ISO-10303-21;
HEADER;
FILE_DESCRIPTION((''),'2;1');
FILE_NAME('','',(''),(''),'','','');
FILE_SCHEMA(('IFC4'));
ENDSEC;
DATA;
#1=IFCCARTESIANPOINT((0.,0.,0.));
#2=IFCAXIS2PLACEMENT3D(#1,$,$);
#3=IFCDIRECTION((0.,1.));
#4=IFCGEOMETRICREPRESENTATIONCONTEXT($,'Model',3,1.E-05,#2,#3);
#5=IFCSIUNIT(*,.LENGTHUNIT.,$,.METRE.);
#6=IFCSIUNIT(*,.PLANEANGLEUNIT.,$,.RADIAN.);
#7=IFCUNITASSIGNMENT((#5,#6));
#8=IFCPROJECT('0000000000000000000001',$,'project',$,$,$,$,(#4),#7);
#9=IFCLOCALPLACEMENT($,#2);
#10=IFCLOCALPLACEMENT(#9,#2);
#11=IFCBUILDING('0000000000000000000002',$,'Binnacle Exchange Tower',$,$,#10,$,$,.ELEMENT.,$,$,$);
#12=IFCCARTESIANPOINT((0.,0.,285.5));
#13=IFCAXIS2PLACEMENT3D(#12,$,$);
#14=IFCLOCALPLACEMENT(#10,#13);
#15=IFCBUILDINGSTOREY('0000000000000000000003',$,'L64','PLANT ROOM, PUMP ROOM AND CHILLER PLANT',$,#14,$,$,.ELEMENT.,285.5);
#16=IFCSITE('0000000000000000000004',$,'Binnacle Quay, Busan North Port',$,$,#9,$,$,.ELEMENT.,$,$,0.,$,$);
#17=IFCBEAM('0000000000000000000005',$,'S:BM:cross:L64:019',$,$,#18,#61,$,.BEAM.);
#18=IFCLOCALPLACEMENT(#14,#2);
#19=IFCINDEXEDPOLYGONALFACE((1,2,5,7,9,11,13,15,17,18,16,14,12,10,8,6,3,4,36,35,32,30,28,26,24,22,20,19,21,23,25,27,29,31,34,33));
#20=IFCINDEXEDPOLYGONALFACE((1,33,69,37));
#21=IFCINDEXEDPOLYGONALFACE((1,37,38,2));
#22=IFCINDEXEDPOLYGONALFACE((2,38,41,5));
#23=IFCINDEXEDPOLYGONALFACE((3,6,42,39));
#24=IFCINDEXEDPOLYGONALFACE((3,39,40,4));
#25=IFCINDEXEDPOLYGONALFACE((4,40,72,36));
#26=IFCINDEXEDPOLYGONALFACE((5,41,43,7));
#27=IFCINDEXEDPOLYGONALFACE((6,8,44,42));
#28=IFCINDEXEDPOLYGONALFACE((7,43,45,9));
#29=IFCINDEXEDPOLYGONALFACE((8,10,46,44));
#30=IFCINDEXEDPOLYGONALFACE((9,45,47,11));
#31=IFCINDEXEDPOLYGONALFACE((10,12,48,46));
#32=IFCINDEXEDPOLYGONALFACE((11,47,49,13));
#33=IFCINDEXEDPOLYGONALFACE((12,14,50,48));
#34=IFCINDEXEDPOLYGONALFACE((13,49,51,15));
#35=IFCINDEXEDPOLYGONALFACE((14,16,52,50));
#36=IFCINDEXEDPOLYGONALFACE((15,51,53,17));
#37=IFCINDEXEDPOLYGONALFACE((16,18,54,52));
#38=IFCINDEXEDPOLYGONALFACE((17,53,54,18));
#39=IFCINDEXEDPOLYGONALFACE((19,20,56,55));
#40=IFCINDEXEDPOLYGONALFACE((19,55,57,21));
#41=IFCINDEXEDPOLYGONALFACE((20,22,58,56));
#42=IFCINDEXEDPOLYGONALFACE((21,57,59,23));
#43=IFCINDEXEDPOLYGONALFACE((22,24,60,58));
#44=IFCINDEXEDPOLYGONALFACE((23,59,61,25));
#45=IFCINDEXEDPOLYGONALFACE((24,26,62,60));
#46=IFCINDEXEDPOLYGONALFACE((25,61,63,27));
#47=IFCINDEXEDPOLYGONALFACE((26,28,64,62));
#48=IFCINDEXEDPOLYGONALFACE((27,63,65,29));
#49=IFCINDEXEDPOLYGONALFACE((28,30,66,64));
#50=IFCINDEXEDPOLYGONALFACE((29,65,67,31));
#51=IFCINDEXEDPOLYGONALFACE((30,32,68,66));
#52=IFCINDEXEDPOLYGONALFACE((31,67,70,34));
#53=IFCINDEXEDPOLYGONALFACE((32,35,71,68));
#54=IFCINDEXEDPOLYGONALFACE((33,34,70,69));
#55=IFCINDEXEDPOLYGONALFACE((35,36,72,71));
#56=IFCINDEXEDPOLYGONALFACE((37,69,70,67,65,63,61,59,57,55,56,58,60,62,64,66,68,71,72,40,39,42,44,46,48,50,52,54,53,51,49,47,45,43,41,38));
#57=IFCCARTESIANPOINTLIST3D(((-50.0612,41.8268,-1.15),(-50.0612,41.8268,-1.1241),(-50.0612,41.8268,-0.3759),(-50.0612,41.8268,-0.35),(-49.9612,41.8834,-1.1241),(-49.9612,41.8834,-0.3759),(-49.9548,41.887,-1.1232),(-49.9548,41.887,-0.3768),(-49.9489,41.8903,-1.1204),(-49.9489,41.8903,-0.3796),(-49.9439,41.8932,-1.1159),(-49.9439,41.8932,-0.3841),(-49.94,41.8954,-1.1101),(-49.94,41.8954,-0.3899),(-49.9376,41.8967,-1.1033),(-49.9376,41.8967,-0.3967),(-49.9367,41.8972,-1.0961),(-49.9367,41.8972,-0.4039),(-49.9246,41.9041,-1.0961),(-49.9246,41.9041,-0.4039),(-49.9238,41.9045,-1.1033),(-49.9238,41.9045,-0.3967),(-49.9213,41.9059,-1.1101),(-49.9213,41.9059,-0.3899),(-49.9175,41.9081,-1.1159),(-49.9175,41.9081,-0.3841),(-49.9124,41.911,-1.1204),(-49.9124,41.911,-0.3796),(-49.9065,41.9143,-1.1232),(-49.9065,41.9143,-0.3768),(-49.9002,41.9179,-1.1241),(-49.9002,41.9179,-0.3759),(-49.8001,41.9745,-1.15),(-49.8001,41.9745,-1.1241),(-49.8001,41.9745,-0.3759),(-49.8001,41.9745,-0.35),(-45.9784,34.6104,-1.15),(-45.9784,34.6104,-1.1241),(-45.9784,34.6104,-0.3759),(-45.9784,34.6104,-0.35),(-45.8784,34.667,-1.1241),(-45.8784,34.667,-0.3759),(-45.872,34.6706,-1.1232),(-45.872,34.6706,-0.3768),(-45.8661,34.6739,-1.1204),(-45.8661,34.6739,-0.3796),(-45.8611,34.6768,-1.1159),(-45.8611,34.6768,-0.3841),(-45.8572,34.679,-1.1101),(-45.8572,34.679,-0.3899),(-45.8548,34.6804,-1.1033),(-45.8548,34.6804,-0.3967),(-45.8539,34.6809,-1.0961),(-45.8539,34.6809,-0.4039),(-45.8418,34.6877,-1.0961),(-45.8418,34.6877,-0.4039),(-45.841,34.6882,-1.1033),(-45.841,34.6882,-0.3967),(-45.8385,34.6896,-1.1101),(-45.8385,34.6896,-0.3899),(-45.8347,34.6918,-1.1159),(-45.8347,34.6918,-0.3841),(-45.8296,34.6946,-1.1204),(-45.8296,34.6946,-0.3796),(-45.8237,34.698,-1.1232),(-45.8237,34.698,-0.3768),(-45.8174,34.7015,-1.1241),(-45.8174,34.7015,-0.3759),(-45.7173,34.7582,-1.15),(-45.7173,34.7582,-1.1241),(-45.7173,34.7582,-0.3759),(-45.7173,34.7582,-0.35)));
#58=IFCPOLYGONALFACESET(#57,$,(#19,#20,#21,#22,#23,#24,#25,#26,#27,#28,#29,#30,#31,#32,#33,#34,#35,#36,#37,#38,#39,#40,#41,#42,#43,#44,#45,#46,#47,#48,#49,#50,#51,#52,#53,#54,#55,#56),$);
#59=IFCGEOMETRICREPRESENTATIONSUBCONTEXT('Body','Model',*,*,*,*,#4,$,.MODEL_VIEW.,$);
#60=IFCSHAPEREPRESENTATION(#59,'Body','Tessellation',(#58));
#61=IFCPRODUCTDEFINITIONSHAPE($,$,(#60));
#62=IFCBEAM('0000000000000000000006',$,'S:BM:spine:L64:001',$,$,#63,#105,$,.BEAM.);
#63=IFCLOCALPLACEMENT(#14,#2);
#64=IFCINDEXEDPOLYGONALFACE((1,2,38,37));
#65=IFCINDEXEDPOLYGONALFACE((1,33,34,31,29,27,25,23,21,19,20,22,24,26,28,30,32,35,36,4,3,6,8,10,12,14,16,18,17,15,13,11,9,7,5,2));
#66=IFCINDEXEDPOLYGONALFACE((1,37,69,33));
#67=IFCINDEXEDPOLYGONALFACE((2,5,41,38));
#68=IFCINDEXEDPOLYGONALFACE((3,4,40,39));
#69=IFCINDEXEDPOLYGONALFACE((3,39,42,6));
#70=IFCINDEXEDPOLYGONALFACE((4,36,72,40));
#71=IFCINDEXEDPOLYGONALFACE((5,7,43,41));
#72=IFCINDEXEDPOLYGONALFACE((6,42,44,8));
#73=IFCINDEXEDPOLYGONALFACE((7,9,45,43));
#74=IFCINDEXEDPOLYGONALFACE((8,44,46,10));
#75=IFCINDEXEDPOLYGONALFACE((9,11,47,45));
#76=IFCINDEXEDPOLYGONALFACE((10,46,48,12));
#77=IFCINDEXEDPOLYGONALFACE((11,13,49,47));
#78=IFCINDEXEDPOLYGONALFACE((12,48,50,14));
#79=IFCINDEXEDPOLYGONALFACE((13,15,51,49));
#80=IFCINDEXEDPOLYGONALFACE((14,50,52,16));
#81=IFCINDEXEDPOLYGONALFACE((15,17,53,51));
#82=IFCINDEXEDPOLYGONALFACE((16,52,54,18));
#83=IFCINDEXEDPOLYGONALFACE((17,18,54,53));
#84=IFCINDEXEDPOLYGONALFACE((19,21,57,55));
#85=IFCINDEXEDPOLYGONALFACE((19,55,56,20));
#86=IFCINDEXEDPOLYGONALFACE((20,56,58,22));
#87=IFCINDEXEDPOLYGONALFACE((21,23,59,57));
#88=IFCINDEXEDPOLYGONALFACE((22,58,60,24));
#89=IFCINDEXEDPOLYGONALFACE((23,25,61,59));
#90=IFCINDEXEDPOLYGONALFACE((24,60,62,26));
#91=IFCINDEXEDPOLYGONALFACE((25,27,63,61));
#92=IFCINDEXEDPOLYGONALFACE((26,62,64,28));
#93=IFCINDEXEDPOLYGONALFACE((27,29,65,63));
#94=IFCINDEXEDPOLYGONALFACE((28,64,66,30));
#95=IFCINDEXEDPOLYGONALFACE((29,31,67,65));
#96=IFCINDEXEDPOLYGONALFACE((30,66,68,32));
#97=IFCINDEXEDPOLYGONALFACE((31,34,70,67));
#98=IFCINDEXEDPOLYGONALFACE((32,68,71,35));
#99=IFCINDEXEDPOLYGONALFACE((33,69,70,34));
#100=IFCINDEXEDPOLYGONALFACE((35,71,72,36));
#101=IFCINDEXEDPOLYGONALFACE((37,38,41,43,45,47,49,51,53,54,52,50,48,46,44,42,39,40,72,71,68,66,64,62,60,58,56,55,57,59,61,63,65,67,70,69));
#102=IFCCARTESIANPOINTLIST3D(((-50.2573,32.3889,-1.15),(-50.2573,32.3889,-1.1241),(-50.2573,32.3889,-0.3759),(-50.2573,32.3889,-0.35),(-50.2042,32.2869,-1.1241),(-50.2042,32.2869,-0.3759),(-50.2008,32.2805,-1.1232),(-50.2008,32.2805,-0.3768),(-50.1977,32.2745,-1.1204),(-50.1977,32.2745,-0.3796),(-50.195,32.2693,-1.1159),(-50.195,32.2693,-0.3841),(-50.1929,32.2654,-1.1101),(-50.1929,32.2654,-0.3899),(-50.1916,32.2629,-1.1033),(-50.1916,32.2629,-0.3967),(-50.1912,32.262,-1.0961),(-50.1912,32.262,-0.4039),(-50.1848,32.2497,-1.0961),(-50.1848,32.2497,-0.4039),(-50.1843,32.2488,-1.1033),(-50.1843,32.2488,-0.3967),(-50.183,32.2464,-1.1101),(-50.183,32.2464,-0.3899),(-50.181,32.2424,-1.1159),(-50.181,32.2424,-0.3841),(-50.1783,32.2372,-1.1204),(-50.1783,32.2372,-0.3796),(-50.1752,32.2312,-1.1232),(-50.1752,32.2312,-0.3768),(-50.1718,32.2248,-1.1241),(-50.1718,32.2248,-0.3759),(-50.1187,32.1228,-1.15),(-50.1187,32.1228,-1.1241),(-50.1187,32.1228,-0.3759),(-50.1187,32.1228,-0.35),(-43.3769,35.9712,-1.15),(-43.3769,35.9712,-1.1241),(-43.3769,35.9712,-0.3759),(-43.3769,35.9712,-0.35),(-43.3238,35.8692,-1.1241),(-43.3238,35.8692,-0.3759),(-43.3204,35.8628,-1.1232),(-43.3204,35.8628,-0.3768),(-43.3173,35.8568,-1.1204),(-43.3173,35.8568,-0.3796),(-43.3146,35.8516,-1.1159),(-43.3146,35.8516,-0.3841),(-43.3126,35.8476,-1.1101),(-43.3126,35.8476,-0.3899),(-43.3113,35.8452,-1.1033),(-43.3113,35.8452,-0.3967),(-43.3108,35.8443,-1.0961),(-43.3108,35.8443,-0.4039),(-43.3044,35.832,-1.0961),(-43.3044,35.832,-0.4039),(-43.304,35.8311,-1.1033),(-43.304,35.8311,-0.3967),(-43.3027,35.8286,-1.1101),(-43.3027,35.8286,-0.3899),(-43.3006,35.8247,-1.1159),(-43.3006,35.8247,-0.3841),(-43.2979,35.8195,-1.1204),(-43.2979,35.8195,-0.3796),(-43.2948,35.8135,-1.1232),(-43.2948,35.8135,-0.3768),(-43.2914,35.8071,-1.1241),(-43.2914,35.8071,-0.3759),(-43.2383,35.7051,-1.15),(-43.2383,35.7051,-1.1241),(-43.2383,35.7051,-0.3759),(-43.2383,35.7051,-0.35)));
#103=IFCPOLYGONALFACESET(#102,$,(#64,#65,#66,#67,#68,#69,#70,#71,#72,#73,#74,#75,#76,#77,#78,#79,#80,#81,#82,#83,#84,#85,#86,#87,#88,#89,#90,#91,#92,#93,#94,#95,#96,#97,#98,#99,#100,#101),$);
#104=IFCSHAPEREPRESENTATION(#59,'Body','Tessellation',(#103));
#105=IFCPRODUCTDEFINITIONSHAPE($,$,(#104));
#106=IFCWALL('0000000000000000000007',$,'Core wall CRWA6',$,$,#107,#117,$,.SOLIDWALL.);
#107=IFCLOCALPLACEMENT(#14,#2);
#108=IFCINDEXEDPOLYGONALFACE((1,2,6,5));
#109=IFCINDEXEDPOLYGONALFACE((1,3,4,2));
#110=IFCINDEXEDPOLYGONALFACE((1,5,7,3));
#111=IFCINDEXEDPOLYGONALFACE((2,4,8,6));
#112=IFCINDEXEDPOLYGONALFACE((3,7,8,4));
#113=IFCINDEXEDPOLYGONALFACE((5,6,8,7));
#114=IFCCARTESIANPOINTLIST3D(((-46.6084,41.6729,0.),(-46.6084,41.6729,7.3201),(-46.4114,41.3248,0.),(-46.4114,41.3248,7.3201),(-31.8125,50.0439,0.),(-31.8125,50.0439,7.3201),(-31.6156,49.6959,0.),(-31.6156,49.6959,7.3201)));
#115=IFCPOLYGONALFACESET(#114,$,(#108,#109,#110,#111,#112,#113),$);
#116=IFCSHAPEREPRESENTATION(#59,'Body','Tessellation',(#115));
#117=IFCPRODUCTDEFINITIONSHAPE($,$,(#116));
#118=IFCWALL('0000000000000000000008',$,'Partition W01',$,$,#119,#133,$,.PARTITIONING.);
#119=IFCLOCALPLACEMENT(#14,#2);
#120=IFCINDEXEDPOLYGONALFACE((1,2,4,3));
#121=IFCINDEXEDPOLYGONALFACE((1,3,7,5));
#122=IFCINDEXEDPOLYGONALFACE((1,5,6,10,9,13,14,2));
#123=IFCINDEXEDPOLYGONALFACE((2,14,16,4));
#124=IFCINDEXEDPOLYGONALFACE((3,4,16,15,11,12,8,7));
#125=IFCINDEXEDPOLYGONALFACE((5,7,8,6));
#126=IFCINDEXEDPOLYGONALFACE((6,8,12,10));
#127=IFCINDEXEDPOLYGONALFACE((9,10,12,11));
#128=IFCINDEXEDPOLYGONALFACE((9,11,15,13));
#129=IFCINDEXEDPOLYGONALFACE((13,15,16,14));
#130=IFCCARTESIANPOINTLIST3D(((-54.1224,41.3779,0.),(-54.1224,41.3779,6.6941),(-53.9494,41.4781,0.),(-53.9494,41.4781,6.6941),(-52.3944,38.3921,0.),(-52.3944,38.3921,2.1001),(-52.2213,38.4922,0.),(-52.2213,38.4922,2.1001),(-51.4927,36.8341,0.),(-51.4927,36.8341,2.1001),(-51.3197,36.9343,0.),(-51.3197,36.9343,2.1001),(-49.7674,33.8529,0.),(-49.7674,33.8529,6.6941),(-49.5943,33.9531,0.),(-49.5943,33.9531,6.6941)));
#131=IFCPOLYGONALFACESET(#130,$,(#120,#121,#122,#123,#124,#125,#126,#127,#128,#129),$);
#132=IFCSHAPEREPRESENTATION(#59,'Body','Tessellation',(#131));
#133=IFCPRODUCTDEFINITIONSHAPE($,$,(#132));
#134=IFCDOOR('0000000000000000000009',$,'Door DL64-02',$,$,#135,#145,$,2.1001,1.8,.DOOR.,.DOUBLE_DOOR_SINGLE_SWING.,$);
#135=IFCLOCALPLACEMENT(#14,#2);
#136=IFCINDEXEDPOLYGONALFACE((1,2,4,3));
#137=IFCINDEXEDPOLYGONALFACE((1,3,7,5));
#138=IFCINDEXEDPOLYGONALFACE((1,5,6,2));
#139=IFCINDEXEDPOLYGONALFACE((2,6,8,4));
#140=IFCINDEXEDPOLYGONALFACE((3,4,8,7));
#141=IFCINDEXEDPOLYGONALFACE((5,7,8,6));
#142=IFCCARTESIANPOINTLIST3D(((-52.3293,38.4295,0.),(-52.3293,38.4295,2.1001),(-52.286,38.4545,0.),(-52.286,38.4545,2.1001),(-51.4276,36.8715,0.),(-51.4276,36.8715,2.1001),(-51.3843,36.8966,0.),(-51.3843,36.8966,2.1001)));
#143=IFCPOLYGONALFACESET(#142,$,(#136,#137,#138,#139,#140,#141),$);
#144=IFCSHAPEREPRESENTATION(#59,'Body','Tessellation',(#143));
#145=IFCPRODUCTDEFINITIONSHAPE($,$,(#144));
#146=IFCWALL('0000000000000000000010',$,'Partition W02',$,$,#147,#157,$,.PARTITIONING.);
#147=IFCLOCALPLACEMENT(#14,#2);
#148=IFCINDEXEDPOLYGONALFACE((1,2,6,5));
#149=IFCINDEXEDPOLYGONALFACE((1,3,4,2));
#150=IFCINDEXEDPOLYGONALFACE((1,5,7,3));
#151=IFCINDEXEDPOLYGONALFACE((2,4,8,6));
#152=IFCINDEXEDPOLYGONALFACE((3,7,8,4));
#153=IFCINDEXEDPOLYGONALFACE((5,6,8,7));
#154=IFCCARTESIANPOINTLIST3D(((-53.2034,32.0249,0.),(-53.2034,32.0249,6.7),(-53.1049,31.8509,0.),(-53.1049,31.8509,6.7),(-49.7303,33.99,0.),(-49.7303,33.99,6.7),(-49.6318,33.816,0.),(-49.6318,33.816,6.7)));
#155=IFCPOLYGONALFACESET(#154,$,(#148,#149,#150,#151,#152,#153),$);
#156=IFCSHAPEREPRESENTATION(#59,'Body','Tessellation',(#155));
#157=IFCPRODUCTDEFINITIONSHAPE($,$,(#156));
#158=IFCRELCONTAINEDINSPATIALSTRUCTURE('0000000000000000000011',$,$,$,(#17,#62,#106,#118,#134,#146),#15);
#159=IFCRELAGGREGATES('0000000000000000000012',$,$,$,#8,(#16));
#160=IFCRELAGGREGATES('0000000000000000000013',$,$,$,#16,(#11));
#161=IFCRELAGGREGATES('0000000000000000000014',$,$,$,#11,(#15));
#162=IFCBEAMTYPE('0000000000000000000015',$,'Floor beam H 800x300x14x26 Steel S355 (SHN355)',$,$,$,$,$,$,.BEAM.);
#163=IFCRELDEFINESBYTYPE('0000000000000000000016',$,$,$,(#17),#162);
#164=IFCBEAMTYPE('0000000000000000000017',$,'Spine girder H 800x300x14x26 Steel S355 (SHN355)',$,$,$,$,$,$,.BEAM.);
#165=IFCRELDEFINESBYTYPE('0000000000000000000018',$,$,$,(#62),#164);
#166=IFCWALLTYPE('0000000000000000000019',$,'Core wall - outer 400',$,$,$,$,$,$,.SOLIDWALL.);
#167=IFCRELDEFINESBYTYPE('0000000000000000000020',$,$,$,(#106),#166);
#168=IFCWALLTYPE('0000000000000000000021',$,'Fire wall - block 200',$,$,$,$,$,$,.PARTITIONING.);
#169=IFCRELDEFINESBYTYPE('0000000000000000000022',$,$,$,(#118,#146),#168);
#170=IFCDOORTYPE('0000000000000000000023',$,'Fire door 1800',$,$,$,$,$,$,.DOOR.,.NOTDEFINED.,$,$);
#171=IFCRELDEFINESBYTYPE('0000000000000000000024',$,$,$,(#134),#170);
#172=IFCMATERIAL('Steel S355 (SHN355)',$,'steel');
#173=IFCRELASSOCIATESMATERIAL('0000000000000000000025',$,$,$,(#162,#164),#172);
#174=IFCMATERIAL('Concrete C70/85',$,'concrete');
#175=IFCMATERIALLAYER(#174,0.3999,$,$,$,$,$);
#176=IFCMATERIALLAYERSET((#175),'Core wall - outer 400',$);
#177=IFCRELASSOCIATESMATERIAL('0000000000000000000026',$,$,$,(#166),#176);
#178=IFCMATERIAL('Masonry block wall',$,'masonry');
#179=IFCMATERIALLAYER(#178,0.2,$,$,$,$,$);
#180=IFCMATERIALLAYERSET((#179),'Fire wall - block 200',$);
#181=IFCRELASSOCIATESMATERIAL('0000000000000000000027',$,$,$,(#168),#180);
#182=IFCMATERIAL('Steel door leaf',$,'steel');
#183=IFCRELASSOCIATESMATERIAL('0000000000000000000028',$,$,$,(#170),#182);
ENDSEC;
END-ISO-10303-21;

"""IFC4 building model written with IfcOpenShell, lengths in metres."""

from ifc_helpers import new_model, si_unit, direction, frame, frame_2d, origin, origin_2d, place, context, subcontext, project, spatial, rectangle, i_section, extrude, material, layer, layer_set, material_profile, profile_set, type_object, element, fill, save


model = new_model("IFC4")

# Units and contexts
model_context = context("Model", 3, precision=1e-05, world=origin(), true_north=direction((0.0, 1.0)))
body_context = subcontext(model_context, "Body", "Model", "MODEL_VIEW")
ifc_project = project(units=[si_unit("LENGTHUNIT", "METRE"), si_unit("PLANEANGLEUNIT", "RADIAN")], contexts=[model_context])

# Site, building, storey
site_placement = place(None, origin())
site = spatial("IfcSite", under=ifc_project, at=site_placement, Name="Binnacle Quay, Busan North Port", CompositionType="ELEMENT", RefElevation=0.0)
building_placement = place(site_placement, origin())
building = spatial("IfcBuilding", under=site, at=building_placement, Name="Binnacle Exchange Tower", CompositionType="ELEMENT")
storey_placement = place(building_placement, frame((0.0, 0.0, 285.5)))
storey = spatial("IfcBuildingStorey", under=building, at=storey_placement, Name="L64", Description="PLANT ROOM, PUMP ROOM AND CHILLER PLANT", CompositionType="ELEMENT", Elevation=285.5)

# Beams
ifc_material_1 = material(Name="Steel S355 (SHN355)", Category="steel")
ifc_material_profile_1 = material_profile(ifc_material_1, i_section(OverallWidth=0.3, OverallDepth=0.8, WebThickness=0.0139, FlangeThickness=0.0259, FilletRadius=0.0281, at=origin_2d()), Name="H 800x300x14x26")
ifc_profile_set_1 = profile_set([ifc_material_profile_1], Name="Steel S355 (SHN355)")
beam_type_1 = type_object("IfcBeamType", Name="Floor beam H 800x300x14x26 Steel S355 (SHN355)", PredefinedType="BEAM", material=ifc_profile_set_1)
beam_1_placement = place(storey_placement, frame((-49.9307, 41.9006, -0.75), z_axis=(0.492421, -0.870357, 0.0), x_axis=(0.870357, 0.492421, 0.0)))
element("IfcBeam", 1, at=beam_1_placement, inside=storey, type_object=beam_type_1, Name="S:BM:cross:L64:019", PredefinedType="BEAM", context=body_context, shape_type="SweptSolid", body=[
    extrude(i_section(OverallWidth=0.3, OverallDepth=0.8, WebThickness=0.0139, FlangeThickness=0.0259, FilletRadius=0.0281, at=origin_2d()), origin(), (0.0, 0.0, 1.0), 8.2913),
])
ifc_material_profile_2 = material_profile(ifc_material_1, i_section(OverallWidth=0.3, OverallDepth=0.8, WebThickness=0.0139, FlangeThickness=0.0259, FilletRadius=0.0281, at=origin_2d()), Name="H 800x300x14x26")
ifc_profile_set_2 = profile_set([ifc_material_profile_2], Name="Steel S355 (SHN355)")
beam_type_2 = type_object("IfcBeamType", Name="Spine girder H 800x300x14x26 Steel S355 (SHN355)", PredefinedType="BEAM", material=ifc_profile_set_2)
beam_2_placement = place(storey_placement, frame((-50.188, 32.2559, -0.75), z_axis=(0.88698, 0.461808, 0.0), x_axis=(-0.461808, 0.88698, 0.0)))
element("IfcBeam", 2, at=beam_2_placement, inside=storey, type_object=beam_type_2, Name="S:BM:spine:L64:001", PredefinedType="BEAM", context=body_context, shape_type="SweptSolid", body=[
    extrude(i_section(OverallWidth=0.3, OverallDepth=0.8, WebThickness=0.0139, FlangeThickness=0.0259, FilletRadius=0.0281, at=origin_2d()), origin(), (0.0, 0.0, 1.0), 7.7571),
])

# Wall
ifc_material_2 = material(Name="Concrete C70/85", Category="concrete")
ifc_layer_1 = layer(ifc_material_2, 0.3999)
ifc_layer_set_1 = layer_set([ifc_layer_1], Name="Core wall - outer 400")
wall_type_1 = type_object("IfcWallType", Name="Core wall - outer 400", PredefinedType="SOLIDWALL", material=ifc_layer_set_1)
wall_1_placement = place(storey_placement, frame((-46.51, 41.4988, 0.0), z_axis=(0.0, 0.0, 1.0), x_axis=(0.870356, 0.492423, 0.0)))
element("IfcWall", 3, at=wall_1_placement, inside=storey, type_object=wall_type_1, Name="Core wall CRWA6", PredefinedType="SOLIDWALL", context=body_context, shape_type="SweptSolid", body=[
    extrude(rectangle(XDim=16.9998, YDim=0.3999, at=frame_2d((8.5, 0.0))), origin(), (0.0, 0.0, 1.0), 7.3201),
])

# Wall, opening, door
ifc_material_3 = material(Name="Masonry block wall", Category="masonry")
ifc_layer_2 = layer(ifc_material_3, 0.2)
ifc_layer_set_2 = layer_set([ifc_layer_2], Name="Fire wall - block 200")
wall_type_2 = type_object("IfcWallType", Name="Fire wall - block 200", PredefinedType="PARTITIONING", material=ifc_layer_set_2)
wall_2_placement = place(storey_placement, frame((-54.0359, 41.428, 0.0), z_axis=(0.0, 0.0, 1.0), x_axis=(0.500903, -0.865503, 0.0)))
wall_2 = element("IfcWall", 4, at=wall_2_placement, inside=storey, type_object=wall_type_2, Name="Partition W01", PredefinedType="PARTITIONING", context=body_context, shape_type="SweptSolid", body=[
    extrude(rectangle(XDim=8.6943, YDim=0.2, at=frame_2d((4.3472, 0.0))), origin(), (0.0, 0.0, 1.0), 6.6941),
])
opening_1_placement = place(wall_2_placement, frame((3.45, 0.0, 0.0)))
opening_1 = element("IfcOpeningElement", 5, at=opening_1_placement, cuts=wall_2, PredefinedType="OPENING", context=body_context, shape_type="SweptSolid", body=[
    extrude(rectangle(XDim=1.8, YDim=2.1001, at=frame_2d((0.8999, 1.05))), frame((0.0, 0.1099, 0.0), z_axis=(0.0, -1.0, 0.0), x_axis=(1.0, 0.0, 0.0)), (0.0, 0.0, 1.0), 0.22),
])
ifc_material_4 = material(Name="Steel door leaf", Category="steel")
door_type = type_object("IfcDoorType", Name="Fire door 1800", OperationType="NOTDEFINED", PredefinedType="DOOR", material=ifc_material_4)
door_1_placement = place(opening_1_placement, frame((1.8, 0.0, 0.0), z_axis=(0.0, 0.0, 1.0), x_axis=(-1.0, 0.0, 0.0)))
door_1 = element("IfcDoor", 6, at=door_1_placement, inside=storey, type_object=door_type, Name="Door DL64-02", OperationType="DOUBLE_DOOR_SINGLE_SWING", OverallHeight=2.1001, OverallWidth=1.8, PredefinedType="DOOR", context=body_context, shape_type="SweptSolid", body=[
    extrude(rectangle(XDim=1.8, YDim=2.1001, at=frame_2d((0.8999, 1.05))), frame((0.0, 0.0249, 0.0), z_axis=(0.0, -1.0, 0.0), x_axis=(1.0, 0.0, 0.0)), (0.0, 0.0, 1.0), 0.05),
])
fill(opening_1, door_1)

# Wall
wall_3_placement = place(storey_placement, frame((-53.1541, 31.938, 0.0), z_axis=(0.0, 0.0, 1.0), x_axis=(0.870347, 0.492438, 0.0)))
element("IfcWall", 7, at=wall_3_placement, inside=storey, type_object=wall_type_2, Name="Partition W02", PredefinedType="PARTITIONING", context=body_context, shape_type="SweptSolid", body=[
    extrude(rectangle(XDim=3.9905, YDim=0.2, at=frame_2d((1.9951, 0.0))), origin(), (0.0, 0.0, 1.0), 6.7),
])

save(model, "model.ifc")
